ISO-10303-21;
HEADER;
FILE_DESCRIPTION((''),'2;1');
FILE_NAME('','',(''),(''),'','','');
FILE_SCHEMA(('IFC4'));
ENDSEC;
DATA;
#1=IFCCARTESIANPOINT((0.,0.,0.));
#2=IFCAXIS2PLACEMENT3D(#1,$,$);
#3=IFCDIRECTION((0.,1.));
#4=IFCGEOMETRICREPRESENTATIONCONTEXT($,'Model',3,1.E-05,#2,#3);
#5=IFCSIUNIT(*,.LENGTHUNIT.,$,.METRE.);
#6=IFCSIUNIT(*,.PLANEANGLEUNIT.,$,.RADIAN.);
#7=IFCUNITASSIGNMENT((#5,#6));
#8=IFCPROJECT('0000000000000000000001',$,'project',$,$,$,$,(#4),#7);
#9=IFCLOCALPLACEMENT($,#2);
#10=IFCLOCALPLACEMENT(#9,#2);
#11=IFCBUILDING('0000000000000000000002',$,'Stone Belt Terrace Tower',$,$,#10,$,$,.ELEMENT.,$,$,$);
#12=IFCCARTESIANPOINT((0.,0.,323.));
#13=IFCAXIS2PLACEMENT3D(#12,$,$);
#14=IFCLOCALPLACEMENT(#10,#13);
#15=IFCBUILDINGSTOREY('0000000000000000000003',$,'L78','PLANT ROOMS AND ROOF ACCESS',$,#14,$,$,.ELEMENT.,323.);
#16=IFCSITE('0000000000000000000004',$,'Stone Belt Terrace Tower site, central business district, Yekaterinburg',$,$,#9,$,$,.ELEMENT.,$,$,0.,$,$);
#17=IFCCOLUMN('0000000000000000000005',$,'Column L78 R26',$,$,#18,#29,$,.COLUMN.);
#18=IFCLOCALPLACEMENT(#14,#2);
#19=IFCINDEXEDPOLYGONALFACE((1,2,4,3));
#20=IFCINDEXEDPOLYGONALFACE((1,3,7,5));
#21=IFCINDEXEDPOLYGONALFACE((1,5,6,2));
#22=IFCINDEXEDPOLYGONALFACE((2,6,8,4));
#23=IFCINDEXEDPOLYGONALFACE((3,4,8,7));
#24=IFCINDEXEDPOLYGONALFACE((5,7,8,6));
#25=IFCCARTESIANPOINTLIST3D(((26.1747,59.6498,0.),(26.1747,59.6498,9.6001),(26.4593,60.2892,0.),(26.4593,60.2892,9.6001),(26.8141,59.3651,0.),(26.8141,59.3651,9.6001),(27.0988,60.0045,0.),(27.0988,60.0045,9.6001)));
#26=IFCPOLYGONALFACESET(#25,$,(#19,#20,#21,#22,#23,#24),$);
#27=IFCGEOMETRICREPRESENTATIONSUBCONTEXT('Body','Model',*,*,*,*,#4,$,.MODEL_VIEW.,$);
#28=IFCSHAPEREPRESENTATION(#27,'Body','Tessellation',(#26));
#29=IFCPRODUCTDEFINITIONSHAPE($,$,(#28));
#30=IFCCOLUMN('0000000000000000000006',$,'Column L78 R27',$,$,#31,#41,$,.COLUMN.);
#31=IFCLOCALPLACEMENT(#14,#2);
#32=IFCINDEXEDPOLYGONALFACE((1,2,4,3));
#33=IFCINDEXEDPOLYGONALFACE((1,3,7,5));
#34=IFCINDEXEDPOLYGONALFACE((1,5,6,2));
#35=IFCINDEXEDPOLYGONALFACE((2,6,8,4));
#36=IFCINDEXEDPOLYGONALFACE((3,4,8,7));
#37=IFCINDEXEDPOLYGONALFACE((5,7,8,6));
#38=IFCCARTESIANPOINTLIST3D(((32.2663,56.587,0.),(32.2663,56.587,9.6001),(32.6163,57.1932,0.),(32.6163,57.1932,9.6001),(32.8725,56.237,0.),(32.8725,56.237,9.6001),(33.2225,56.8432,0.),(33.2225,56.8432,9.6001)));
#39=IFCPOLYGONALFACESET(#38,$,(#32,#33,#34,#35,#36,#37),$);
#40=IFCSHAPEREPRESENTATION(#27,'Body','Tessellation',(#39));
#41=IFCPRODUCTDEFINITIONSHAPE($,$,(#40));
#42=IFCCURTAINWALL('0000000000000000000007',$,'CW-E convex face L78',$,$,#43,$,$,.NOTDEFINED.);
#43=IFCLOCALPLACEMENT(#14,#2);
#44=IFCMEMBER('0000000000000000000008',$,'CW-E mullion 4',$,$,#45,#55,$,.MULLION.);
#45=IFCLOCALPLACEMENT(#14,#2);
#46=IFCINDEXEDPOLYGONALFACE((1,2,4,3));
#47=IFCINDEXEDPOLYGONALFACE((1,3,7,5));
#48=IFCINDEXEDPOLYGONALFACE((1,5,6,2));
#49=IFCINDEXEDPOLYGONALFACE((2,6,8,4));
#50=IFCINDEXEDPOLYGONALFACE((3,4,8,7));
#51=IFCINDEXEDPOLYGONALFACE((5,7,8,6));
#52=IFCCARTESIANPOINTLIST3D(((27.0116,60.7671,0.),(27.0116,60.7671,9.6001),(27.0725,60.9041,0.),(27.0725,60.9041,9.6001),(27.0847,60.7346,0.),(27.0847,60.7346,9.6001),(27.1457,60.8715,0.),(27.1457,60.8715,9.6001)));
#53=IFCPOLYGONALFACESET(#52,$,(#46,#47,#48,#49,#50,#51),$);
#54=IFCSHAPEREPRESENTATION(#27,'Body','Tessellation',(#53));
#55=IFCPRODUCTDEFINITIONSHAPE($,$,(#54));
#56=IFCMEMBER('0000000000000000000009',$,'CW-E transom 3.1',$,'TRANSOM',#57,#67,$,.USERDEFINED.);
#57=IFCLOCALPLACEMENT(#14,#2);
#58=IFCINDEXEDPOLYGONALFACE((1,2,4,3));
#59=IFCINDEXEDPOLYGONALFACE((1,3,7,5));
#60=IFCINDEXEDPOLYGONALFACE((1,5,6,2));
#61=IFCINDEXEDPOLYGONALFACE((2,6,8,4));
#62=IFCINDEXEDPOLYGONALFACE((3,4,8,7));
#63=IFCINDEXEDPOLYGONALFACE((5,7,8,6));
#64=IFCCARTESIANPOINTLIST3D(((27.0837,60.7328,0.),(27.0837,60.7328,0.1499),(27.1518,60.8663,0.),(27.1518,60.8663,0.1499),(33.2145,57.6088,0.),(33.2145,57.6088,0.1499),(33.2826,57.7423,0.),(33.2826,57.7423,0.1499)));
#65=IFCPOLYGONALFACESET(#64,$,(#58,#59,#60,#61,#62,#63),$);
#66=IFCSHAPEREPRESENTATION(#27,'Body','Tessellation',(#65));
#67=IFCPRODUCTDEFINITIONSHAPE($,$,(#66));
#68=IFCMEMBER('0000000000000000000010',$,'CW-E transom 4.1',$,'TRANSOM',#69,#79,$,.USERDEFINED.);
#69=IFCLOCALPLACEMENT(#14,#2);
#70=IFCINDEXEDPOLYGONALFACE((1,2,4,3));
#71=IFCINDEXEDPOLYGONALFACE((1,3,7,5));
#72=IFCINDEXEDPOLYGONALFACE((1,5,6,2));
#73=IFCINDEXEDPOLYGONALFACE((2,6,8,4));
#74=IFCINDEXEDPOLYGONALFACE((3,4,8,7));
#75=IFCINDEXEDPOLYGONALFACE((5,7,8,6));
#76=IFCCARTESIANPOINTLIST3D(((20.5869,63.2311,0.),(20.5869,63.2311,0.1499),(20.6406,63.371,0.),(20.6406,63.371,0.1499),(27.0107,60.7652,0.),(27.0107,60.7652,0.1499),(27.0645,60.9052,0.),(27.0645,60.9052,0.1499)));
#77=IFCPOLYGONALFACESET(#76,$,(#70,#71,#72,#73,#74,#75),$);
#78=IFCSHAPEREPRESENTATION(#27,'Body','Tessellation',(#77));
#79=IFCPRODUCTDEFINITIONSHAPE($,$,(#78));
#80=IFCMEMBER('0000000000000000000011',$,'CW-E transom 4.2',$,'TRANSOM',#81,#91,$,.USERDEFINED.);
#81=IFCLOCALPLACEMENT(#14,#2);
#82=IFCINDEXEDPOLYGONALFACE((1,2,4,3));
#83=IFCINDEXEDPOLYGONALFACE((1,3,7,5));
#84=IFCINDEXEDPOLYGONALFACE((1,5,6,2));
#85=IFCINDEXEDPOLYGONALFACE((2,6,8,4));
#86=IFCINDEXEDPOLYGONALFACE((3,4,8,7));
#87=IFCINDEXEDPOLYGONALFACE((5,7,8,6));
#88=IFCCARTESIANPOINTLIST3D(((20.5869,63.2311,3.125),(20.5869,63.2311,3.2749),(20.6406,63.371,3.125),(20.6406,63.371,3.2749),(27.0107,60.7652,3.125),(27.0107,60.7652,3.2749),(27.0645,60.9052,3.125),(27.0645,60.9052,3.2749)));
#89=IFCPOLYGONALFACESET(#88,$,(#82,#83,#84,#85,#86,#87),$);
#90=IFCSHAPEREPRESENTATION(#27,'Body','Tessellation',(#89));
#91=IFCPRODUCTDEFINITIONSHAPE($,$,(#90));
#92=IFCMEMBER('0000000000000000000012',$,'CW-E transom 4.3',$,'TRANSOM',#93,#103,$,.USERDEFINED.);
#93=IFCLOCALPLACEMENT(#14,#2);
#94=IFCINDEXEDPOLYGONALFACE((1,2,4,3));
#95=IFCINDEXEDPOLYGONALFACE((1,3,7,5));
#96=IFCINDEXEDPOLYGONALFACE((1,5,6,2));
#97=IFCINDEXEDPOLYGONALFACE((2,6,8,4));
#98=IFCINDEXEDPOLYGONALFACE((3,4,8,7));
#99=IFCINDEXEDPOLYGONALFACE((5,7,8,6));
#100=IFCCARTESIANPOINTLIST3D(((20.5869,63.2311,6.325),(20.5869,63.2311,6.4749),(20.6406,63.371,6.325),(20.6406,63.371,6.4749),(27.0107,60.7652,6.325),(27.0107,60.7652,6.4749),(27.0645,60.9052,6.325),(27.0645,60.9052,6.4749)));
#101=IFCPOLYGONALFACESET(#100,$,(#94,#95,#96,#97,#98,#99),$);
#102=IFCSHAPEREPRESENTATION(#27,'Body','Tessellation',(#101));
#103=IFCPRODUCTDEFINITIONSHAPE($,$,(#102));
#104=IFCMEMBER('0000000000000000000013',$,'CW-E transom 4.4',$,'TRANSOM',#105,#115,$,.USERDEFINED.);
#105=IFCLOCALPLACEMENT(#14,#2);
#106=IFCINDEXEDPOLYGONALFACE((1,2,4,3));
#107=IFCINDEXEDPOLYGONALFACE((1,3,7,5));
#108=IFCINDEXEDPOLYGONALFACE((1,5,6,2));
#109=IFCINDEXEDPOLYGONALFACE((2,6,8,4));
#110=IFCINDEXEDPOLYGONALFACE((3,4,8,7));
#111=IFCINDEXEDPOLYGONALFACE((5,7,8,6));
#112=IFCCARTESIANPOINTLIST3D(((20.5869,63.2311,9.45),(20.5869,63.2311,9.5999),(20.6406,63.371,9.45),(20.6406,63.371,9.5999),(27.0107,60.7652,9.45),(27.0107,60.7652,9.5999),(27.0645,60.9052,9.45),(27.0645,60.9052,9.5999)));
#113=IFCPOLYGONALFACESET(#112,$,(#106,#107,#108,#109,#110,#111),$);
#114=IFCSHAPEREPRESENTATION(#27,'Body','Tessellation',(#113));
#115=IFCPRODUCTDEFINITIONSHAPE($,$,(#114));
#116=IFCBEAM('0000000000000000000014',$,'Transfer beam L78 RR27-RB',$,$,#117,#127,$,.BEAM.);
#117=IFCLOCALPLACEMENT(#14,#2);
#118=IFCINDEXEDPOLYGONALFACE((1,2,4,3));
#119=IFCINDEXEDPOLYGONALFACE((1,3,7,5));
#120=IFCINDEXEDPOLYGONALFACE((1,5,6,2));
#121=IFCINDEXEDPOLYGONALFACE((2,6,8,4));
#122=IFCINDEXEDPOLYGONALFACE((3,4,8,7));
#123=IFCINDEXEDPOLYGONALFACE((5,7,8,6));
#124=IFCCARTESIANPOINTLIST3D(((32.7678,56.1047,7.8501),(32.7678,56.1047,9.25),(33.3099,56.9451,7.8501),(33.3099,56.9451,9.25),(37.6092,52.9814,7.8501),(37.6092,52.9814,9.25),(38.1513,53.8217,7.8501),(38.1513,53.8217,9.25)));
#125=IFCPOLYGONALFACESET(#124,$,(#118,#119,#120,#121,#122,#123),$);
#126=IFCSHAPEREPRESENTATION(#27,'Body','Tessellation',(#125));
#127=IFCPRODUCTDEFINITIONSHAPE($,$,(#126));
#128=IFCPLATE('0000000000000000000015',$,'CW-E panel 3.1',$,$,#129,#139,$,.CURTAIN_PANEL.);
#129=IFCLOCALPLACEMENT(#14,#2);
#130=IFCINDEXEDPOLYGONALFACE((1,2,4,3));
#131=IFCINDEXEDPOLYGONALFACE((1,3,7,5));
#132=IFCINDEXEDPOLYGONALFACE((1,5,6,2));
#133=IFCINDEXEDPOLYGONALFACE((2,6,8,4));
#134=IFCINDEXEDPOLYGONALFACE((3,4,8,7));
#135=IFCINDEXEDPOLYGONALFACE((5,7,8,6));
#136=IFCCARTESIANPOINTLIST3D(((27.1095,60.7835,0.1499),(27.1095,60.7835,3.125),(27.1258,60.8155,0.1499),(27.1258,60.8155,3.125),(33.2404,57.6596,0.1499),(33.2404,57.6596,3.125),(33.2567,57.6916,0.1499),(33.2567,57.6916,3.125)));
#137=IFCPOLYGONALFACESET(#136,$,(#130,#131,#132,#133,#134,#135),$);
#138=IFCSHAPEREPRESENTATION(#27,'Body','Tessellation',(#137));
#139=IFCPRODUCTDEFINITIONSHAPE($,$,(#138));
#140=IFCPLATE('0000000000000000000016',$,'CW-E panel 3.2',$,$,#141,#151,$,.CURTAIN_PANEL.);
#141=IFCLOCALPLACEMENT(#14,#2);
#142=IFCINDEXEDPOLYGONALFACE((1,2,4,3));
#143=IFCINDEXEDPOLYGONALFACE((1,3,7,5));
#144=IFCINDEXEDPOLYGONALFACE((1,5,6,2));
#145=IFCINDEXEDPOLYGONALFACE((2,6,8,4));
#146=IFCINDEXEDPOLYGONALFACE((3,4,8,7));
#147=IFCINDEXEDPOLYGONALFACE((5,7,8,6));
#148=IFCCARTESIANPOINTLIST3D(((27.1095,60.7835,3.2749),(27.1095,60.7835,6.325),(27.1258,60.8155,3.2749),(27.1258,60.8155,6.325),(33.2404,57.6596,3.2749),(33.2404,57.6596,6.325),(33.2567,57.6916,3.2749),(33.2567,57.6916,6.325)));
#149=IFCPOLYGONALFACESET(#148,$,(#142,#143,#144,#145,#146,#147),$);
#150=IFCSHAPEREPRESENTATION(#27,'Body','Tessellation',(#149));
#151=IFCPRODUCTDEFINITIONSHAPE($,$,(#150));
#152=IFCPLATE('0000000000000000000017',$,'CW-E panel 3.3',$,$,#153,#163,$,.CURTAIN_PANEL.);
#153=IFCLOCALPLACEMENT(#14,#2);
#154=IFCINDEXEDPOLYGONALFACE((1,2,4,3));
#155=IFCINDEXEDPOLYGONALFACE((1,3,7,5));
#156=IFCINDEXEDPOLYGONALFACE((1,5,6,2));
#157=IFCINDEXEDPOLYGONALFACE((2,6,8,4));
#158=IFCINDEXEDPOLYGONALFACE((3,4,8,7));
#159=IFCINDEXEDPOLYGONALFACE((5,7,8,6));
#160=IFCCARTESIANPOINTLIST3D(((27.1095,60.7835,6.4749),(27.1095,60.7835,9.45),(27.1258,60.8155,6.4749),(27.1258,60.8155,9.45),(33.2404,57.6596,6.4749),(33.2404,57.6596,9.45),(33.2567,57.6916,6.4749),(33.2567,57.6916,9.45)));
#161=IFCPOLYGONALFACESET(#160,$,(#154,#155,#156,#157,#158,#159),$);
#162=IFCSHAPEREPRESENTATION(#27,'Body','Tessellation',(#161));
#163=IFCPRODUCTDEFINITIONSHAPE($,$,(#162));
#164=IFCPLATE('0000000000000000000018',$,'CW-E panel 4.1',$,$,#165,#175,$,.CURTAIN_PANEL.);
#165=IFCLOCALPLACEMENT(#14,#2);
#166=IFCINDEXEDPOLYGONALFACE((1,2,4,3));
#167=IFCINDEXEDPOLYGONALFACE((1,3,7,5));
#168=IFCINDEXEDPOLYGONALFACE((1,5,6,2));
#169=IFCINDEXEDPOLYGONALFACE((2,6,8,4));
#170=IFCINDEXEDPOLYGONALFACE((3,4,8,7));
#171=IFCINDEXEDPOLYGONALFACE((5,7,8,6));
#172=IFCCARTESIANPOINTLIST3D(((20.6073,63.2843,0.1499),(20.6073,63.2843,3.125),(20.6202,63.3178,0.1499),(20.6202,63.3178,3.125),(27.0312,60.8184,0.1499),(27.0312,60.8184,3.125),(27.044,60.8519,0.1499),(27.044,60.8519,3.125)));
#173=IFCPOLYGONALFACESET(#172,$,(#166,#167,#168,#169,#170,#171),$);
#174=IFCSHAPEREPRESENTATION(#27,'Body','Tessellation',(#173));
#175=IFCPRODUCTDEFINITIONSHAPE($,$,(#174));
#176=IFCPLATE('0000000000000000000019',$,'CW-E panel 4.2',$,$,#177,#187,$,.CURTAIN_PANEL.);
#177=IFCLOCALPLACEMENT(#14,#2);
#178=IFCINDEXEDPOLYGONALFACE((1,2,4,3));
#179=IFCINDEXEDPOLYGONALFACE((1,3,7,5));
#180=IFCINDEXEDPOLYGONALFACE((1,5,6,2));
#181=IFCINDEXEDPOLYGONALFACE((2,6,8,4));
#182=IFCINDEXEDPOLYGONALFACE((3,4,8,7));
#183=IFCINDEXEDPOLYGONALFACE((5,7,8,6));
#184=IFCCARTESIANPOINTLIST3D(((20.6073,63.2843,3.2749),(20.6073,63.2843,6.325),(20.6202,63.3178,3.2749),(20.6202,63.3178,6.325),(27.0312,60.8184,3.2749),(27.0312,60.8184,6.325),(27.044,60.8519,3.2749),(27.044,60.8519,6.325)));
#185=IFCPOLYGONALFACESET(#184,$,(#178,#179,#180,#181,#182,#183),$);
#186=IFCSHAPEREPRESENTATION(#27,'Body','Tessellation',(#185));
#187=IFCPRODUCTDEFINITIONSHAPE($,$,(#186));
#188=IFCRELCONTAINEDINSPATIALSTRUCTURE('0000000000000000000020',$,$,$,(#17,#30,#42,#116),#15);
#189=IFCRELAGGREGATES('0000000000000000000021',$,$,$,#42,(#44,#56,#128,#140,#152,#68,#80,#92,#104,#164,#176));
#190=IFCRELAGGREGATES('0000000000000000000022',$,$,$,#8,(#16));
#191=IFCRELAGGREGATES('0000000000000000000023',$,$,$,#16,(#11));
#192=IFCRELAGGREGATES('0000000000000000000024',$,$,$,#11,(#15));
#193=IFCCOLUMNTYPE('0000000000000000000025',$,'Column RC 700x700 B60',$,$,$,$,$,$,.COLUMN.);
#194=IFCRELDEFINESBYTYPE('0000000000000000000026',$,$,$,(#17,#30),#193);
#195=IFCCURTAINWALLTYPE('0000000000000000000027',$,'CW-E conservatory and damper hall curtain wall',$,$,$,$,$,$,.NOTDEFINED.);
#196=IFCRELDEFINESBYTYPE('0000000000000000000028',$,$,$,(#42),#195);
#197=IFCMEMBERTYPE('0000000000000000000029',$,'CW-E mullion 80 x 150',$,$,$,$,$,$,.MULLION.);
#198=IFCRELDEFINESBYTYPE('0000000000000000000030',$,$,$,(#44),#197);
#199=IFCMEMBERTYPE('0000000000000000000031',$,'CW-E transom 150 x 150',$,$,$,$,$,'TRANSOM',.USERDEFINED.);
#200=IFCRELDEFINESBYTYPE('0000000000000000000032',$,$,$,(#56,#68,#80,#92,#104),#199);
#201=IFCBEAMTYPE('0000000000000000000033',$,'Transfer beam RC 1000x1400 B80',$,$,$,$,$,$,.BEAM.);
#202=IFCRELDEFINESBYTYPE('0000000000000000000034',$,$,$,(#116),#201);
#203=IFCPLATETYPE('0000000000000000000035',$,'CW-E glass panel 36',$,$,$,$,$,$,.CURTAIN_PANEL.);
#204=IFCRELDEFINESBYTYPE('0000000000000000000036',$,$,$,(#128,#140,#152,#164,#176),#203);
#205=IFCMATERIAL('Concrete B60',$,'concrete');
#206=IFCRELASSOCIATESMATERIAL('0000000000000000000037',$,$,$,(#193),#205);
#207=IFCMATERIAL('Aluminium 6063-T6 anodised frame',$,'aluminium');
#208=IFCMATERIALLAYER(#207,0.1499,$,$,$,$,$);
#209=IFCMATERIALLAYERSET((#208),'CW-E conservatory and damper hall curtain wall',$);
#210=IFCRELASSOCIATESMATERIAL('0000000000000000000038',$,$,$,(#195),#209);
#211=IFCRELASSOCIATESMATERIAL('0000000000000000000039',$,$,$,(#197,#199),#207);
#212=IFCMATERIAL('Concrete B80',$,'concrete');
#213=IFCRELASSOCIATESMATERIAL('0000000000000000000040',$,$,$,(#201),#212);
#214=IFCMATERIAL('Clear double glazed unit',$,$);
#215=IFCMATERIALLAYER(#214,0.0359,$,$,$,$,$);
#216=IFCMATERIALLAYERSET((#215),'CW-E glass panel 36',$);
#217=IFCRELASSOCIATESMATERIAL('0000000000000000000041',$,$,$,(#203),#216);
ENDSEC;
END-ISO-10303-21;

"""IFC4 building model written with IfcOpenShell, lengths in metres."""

from ifc_helpers import new_model, si_unit, direction, frame, origin, origin_2d, place, context, subcontext, project, spatial, rectangle, extrude, material, layer, layer_set, material_profile, profile_set, type_object, element, aggregate, save


model = new_model("IFC4")

# Units and contexts
model_context = context("Model", 3, precision=1e-05, world=origin(), true_north=direction((0.0, 1.0)))
body_context = subcontext(model_context, "Body", "Model", "MODEL_VIEW")
ifc_project = project(units=[si_unit("LENGTHUNIT", "METRE"), si_unit("PLANEANGLEUNIT", "RADIAN")], contexts=[model_context])

# Site, building, storey
site_placement = place(None, origin())
site = spatial("IfcSite", under=ifc_project, at=site_placement, Name="Stone Belt Terrace Tower site, central business district, Yekaterinburg", CompositionType="ELEMENT", RefElevation=0.0)
building_placement = place(site_placement, origin())
building = spatial("IfcBuilding", under=site, at=building_placement, Name="Stone Belt Terrace Tower", CompositionType="ELEMENT")
storey_placement = place(building_placement, frame((0.0, 0.0, 323.0)))
storey = spatial("IfcBuildingStorey", under=building, at=storey_placement, Name="L78", Description="PLANT ROOMS AND ROOF ACCESS", CompositionType="ELEMENT", Elevation=323.0)

# Columns
ifc_material_1 = material(Name="Concrete B60", Category="concrete")
ifc_material_profile_1 = material_profile(ifc_material_1, rectangle(XDim=0.7, YDim=0.7, at=origin_2d()), Name="RC 700x700")
ifc_profile_set_1 = profile_set([ifc_material_profile_1], Name="Concrete B60")
column_type = type_object("IfcColumnType", Name="Column RC 700x700 B60", PredefinedType="COLUMN", material=ifc_profile_set_1)
for number, where, z_axis, x_axis, name in (
    (1, (26.6367, 59.8271, 0.0), (0.0, 0.0, 1.0), (0.913545, -0.406737, 0.0), "Column L78 R26"),
    (2, (32.7444, 56.7151, 0.0), (0.0, 0.0, 1.0), (0.866025, -0.5, 0.0), "Column L78 R27"),
):
    element("IfcColumn", number, at=place(storey_placement, frame(where, z_axis=z_axis, x_axis=x_axis)), inside=storey, type_object=column_type, Name=name, PredefinedType="COLUMN", context=body_context, shape_type="SweptSolid", body=[
        extrude(rectangle(XDim=0.7, YDim=0.7, at=origin_2d()), origin(), (0.0, 0.0, 1.0), 9.6001),
    ])

# Curtain wall, members
ifc_material_2 = material(Name="Aluminium 6063-T6 anodised frame", Category="aluminium")
ifc_layer_1 = layer(ifc_material_2, 0.1499)
ifc_layer_set_1 = layer_set([ifc_layer_1], Name="CW-E conservatory and damper hall curtain wall")
curtain_wall_type = type_object("IfcCurtainWallType", Name="CW-E conservatory and damper hall curtain wall", PredefinedType="NOTDEFINED", material=ifc_layer_set_1)
curtain_wall_placement = place(storey_placement, origin())
curtain_wall = element("IfcCurtainWall", 3, at=curtain_wall_placement, inside=storey, type_object=curtain_wall_type, Name="CW-E convex face L78", PredefinedType="NOTDEFINED")
ifc_material_profile_2 = material_profile(ifc_material_2, rectangle(XDim=0.1499, YDim=0.0801, at=origin_2d()), Name="Aluminium 6063-T6 80x150")
ifc_profile_set_2 = profile_set([ifc_material_profile_2], Name="Aluminium 6063-T6 anodised frame")
member_type_1 = type_object("IfcMemberType", Name="CW-E mullion 80 x 150", PredefinedType="MULLION", material=ifc_profile_set_2)
member_1_placement = place(storey_placement, frame((27.0786, 60.8193, 0.0), z_axis=(0.0, 0.0, 1.0), x_axis=(-0.406737, -0.913545, 0.0)))
member_1 = element("IfcMember", 4, at=member_1_placement, type_object=member_type_1, Name="CW-E mullion 4", PredefinedType="MULLION", context=body_context, shape_type="SweptSolid", body=[
    extrude(rectangle(XDim=0.1499, YDim=0.0801, at=origin_2d()), origin(), (0.0, 0.0, 1.0), 9.6001),
])
ifc_material_profile_3 = material_profile(ifc_material_2, rectangle(XDim=0.1499, YDim=0.1499, at=origin_2d()), Name="Aluminium 6063-T6 150x150")
ifc_profile_set_3 = profile_set([ifc_material_profile_3], Name="Aluminium 6063-T6 anodised frame")
member_type_2 = type_object("IfcMemberType", Name="CW-E transom 150 x 150", ElementType="TRANSOM", PredefinedType="USERDEFINED", material=ifc_profile_set_3)
member_2_placement = place(storey_placement, frame((33.2485, 57.6755, 0.075), z_axis=(-0.890995, 0.454013, 0.0), x_axis=(-0.454013, -0.890995, 0.0)))
member_2 = element("IfcMember", 5, at=member_2_placement, type_object=member_type_2, Name="CW-E transom 3.1", ObjectType="TRANSOM", PredefinedType="USERDEFINED", context=body_context, shape_type="SweptSolid", body=[
    extrude(rectangle(XDim=0.1499, YDim=0.1499, at=origin_2d()), origin(), (0.0, 0.0, 1.0), 6.8809),
])
member_3_placement = place(storey_placement, frame((27.0376, 60.8352, 0.075), z_axis=(-0.933583, 0.358361, 0.0), x_axis=(-0.358361, -0.933583, 0.0)))
member_3 = element("IfcMember", 6, at=member_3_placement, type_object=member_type_2, Name="CW-E transom 4.1", ObjectType="TRANSOM", PredefinedType="USERDEFINED", context=body_context, shape_type="SweptSolid", body=[
    extrude(rectangle(XDim=0.1499, YDim=0.1499, at=origin_2d()), origin(), (0.0, 0.0, 1.0), 6.8809),
])
member_4_placement = place(storey_placement, frame((27.0376, 60.8352, 3.2), z_axis=(-0.933583, 0.358361, 0.0), x_axis=(-0.358361, -0.933583, 0.0)))
member_4 = element("IfcMember", 7, at=member_4_placement, type_object=member_type_2, Name="CW-E transom 4.2", ObjectType="TRANSOM", PredefinedType="USERDEFINED", context=body_context, shape_type="SweptSolid", body=[
    extrude(rectangle(XDim=0.1499, YDim=0.1499, at=origin_2d()), origin(), (0.0, 0.0, 1.0), 6.8809),
])
member_5_placement = place(storey_placement, frame((27.0376, 60.8352, 6.3999), z_axis=(-0.933583, 0.358361, 0.0), x_axis=(-0.358361, -0.933583, 0.0)))
member_5 = element("IfcMember", 8, at=member_5_placement, type_object=member_type_2, Name="CW-E transom 4.3", ObjectType="TRANSOM", PredefinedType="USERDEFINED", context=body_context, shape_type="SweptSolid", body=[
    extrude(rectangle(XDim=0.1499, YDim=0.1499, at=origin_2d()), origin(), (0.0, 0.0, 1.0), 6.8809),
])
member_6_placement = place(storey_placement, frame((27.0376, 60.8352, 9.5249), z_axis=(-0.933583, 0.358361, 0.0), x_axis=(-0.358361, -0.933583, 0.0)))
member_6 = element("IfcMember", 9, at=member_6_placement, type_object=member_type_2, Name="CW-E transom 4.4", ObjectType="TRANSOM", PredefinedType="USERDEFINED", context=body_context, shape_type="SweptSolid", body=[
    extrude(rectangle(XDim=0.1499, YDim=0.1499, at=origin_2d()), origin(), (0.0, 0.0, 1.0), 6.8809),
])

# Beam
ifc_material_3 = material(Name="Concrete B80", Category="concrete")
ifc_material_profile_4 = material_profile(ifc_material_3, rectangle(XDim=1.0, YDim=1.3999, at=origin_2d()), Name="RC 1000x1400")
ifc_profile_set_4 = profile_set([ifc_material_profile_4], Name="Concrete B80")
beam_type = type_object("IfcBeamType", Name="Transfer beam RC 1000x1400 B80", PredefinedType="BEAM", material=ifc_profile_set_4)
beam_placement = place(storey_placement, frame((33.0388, 56.5249, 8.55), z_axis=(0.840307, -0.54211, 0.0), x_axis=(0.54211, 0.840307, 0.0)))
element("IfcBeam", 10, at=beam_placement, inside=storey, type_object=beam_type, Name="Transfer beam L78 RR27-RB", PredefinedType="BEAM", context=body_context, shape_type="SweptSolid", body=[
    extrude(rectangle(XDim=1.0, YDim=1.3999, at=origin_2d()), origin(), (0.0, 0.0, 1.0), 5.7615),
])

# Plates
ifc_material_4 = material(Name="Clear double glazed unit")
ifc_layer_2 = layer(ifc_material_4, 0.0359)
ifc_layer_set_2 = layer_set([ifc_layer_2], Name="CW-E glass panel 36")
plate_type = type_object("IfcPlateType", Name="CW-E glass panel 36", PredefinedType="CURTAIN_PANEL", material=ifc_layer_set_2)
plate_1_placement = place(storey_placement, frame((30.1831, 59.2375, 0.1499), z_axis=(0.0, 0.0, 1.0), x_axis=(-0.891007, 0.45399, 0.0)))
plate_1 = element("IfcPlate", 11, at=plate_1_placement, type_object=plate_type, Name="CW-E panel 3.1", PredefinedType="CURTAIN_PANEL", context=body_context, shape_type="SweptSolid", body=[
    extrude(rectangle(XDim=6.8809, YDim=0.0359, at=origin_2d()), origin(), (0.0, 0.0, 1.0), 2.9751),
])
plate_2_placement = place(storey_placement, frame((30.1831, 59.2375, 3.2749), z_axis=(0.0, 0.0, 1.0), x_axis=(-0.891007, 0.45399, 0.0)))
plate_2 = element("IfcPlate", 12, at=plate_2_placement, type_object=plate_type, Name="CW-E panel 3.2", PredefinedType="CURTAIN_PANEL", context=body_context, shape_type="SweptSolid", body=[
    extrude(rectangle(XDim=6.8809, YDim=0.0359, at=origin_2d()), origin(), (0.0, 0.0, 1.0), 3.05),
])
plate_3_placement = place(storey_placement, frame((30.1831, 59.2375, 6.4749), z_axis=(0.0, 0.0, 1.0), x_axis=(-0.891007, 0.45399, 0.0)))
plate_3 = element("IfcPlate", 13, at=plate_3_placement, type_object=plate_type, Name="CW-E panel 3.3", PredefinedType="CURTAIN_PANEL", context=body_context, shape_type="SweptSolid", body=[
    extrude(rectangle(XDim=6.8809, YDim=0.0359, at=origin_2d()), origin(), (0.0, 0.0, 1.0), 2.9751),
])
plate_4_placement = place(storey_placement, frame((23.8257, 62.0681, 0.1499), z_axis=(0.0, 0.0, 1.0), x_axis=(-0.93358, 0.358368, 0.0)))
plate_4 = element("IfcPlate", 14, at=plate_4_placement, type_object=plate_type, Name="CW-E panel 4.1", PredefinedType="CURTAIN_PANEL", context=body_context, shape_type="SweptSolid", body=[
    extrude(rectangle(XDim=6.8809, YDim=0.0359, at=origin_2d()), origin(), (0.0, 0.0, 1.0), 2.9751),
])
plate_5_placement = place(storey_placement, frame((23.8257, 62.0681, 3.2749), z_axis=(0.0, 0.0, 1.0), x_axis=(-0.93358, 0.358368, 0.0)))
plate_5 = element("IfcPlate", 15, at=plate_5_placement, type_object=plate_type, Name="CW-E panel 4.2", PredefinedType="CURTAIN_PANEL", context=body_context, shape_type="SweptSolid", body=[
    extrude(rectangle(XDim=6.8809, YDim=0.0359, at=origin_2d()), origin(), (0.0, 0.0, 1.0), 3.05),
])
aggregate(curtain_wall, [member_1, member_2, plate_1, plate_2, plate_3, member_3, member_4, member_5, member_6, plate_4, plate_5])

save(model, "model.ifc")
